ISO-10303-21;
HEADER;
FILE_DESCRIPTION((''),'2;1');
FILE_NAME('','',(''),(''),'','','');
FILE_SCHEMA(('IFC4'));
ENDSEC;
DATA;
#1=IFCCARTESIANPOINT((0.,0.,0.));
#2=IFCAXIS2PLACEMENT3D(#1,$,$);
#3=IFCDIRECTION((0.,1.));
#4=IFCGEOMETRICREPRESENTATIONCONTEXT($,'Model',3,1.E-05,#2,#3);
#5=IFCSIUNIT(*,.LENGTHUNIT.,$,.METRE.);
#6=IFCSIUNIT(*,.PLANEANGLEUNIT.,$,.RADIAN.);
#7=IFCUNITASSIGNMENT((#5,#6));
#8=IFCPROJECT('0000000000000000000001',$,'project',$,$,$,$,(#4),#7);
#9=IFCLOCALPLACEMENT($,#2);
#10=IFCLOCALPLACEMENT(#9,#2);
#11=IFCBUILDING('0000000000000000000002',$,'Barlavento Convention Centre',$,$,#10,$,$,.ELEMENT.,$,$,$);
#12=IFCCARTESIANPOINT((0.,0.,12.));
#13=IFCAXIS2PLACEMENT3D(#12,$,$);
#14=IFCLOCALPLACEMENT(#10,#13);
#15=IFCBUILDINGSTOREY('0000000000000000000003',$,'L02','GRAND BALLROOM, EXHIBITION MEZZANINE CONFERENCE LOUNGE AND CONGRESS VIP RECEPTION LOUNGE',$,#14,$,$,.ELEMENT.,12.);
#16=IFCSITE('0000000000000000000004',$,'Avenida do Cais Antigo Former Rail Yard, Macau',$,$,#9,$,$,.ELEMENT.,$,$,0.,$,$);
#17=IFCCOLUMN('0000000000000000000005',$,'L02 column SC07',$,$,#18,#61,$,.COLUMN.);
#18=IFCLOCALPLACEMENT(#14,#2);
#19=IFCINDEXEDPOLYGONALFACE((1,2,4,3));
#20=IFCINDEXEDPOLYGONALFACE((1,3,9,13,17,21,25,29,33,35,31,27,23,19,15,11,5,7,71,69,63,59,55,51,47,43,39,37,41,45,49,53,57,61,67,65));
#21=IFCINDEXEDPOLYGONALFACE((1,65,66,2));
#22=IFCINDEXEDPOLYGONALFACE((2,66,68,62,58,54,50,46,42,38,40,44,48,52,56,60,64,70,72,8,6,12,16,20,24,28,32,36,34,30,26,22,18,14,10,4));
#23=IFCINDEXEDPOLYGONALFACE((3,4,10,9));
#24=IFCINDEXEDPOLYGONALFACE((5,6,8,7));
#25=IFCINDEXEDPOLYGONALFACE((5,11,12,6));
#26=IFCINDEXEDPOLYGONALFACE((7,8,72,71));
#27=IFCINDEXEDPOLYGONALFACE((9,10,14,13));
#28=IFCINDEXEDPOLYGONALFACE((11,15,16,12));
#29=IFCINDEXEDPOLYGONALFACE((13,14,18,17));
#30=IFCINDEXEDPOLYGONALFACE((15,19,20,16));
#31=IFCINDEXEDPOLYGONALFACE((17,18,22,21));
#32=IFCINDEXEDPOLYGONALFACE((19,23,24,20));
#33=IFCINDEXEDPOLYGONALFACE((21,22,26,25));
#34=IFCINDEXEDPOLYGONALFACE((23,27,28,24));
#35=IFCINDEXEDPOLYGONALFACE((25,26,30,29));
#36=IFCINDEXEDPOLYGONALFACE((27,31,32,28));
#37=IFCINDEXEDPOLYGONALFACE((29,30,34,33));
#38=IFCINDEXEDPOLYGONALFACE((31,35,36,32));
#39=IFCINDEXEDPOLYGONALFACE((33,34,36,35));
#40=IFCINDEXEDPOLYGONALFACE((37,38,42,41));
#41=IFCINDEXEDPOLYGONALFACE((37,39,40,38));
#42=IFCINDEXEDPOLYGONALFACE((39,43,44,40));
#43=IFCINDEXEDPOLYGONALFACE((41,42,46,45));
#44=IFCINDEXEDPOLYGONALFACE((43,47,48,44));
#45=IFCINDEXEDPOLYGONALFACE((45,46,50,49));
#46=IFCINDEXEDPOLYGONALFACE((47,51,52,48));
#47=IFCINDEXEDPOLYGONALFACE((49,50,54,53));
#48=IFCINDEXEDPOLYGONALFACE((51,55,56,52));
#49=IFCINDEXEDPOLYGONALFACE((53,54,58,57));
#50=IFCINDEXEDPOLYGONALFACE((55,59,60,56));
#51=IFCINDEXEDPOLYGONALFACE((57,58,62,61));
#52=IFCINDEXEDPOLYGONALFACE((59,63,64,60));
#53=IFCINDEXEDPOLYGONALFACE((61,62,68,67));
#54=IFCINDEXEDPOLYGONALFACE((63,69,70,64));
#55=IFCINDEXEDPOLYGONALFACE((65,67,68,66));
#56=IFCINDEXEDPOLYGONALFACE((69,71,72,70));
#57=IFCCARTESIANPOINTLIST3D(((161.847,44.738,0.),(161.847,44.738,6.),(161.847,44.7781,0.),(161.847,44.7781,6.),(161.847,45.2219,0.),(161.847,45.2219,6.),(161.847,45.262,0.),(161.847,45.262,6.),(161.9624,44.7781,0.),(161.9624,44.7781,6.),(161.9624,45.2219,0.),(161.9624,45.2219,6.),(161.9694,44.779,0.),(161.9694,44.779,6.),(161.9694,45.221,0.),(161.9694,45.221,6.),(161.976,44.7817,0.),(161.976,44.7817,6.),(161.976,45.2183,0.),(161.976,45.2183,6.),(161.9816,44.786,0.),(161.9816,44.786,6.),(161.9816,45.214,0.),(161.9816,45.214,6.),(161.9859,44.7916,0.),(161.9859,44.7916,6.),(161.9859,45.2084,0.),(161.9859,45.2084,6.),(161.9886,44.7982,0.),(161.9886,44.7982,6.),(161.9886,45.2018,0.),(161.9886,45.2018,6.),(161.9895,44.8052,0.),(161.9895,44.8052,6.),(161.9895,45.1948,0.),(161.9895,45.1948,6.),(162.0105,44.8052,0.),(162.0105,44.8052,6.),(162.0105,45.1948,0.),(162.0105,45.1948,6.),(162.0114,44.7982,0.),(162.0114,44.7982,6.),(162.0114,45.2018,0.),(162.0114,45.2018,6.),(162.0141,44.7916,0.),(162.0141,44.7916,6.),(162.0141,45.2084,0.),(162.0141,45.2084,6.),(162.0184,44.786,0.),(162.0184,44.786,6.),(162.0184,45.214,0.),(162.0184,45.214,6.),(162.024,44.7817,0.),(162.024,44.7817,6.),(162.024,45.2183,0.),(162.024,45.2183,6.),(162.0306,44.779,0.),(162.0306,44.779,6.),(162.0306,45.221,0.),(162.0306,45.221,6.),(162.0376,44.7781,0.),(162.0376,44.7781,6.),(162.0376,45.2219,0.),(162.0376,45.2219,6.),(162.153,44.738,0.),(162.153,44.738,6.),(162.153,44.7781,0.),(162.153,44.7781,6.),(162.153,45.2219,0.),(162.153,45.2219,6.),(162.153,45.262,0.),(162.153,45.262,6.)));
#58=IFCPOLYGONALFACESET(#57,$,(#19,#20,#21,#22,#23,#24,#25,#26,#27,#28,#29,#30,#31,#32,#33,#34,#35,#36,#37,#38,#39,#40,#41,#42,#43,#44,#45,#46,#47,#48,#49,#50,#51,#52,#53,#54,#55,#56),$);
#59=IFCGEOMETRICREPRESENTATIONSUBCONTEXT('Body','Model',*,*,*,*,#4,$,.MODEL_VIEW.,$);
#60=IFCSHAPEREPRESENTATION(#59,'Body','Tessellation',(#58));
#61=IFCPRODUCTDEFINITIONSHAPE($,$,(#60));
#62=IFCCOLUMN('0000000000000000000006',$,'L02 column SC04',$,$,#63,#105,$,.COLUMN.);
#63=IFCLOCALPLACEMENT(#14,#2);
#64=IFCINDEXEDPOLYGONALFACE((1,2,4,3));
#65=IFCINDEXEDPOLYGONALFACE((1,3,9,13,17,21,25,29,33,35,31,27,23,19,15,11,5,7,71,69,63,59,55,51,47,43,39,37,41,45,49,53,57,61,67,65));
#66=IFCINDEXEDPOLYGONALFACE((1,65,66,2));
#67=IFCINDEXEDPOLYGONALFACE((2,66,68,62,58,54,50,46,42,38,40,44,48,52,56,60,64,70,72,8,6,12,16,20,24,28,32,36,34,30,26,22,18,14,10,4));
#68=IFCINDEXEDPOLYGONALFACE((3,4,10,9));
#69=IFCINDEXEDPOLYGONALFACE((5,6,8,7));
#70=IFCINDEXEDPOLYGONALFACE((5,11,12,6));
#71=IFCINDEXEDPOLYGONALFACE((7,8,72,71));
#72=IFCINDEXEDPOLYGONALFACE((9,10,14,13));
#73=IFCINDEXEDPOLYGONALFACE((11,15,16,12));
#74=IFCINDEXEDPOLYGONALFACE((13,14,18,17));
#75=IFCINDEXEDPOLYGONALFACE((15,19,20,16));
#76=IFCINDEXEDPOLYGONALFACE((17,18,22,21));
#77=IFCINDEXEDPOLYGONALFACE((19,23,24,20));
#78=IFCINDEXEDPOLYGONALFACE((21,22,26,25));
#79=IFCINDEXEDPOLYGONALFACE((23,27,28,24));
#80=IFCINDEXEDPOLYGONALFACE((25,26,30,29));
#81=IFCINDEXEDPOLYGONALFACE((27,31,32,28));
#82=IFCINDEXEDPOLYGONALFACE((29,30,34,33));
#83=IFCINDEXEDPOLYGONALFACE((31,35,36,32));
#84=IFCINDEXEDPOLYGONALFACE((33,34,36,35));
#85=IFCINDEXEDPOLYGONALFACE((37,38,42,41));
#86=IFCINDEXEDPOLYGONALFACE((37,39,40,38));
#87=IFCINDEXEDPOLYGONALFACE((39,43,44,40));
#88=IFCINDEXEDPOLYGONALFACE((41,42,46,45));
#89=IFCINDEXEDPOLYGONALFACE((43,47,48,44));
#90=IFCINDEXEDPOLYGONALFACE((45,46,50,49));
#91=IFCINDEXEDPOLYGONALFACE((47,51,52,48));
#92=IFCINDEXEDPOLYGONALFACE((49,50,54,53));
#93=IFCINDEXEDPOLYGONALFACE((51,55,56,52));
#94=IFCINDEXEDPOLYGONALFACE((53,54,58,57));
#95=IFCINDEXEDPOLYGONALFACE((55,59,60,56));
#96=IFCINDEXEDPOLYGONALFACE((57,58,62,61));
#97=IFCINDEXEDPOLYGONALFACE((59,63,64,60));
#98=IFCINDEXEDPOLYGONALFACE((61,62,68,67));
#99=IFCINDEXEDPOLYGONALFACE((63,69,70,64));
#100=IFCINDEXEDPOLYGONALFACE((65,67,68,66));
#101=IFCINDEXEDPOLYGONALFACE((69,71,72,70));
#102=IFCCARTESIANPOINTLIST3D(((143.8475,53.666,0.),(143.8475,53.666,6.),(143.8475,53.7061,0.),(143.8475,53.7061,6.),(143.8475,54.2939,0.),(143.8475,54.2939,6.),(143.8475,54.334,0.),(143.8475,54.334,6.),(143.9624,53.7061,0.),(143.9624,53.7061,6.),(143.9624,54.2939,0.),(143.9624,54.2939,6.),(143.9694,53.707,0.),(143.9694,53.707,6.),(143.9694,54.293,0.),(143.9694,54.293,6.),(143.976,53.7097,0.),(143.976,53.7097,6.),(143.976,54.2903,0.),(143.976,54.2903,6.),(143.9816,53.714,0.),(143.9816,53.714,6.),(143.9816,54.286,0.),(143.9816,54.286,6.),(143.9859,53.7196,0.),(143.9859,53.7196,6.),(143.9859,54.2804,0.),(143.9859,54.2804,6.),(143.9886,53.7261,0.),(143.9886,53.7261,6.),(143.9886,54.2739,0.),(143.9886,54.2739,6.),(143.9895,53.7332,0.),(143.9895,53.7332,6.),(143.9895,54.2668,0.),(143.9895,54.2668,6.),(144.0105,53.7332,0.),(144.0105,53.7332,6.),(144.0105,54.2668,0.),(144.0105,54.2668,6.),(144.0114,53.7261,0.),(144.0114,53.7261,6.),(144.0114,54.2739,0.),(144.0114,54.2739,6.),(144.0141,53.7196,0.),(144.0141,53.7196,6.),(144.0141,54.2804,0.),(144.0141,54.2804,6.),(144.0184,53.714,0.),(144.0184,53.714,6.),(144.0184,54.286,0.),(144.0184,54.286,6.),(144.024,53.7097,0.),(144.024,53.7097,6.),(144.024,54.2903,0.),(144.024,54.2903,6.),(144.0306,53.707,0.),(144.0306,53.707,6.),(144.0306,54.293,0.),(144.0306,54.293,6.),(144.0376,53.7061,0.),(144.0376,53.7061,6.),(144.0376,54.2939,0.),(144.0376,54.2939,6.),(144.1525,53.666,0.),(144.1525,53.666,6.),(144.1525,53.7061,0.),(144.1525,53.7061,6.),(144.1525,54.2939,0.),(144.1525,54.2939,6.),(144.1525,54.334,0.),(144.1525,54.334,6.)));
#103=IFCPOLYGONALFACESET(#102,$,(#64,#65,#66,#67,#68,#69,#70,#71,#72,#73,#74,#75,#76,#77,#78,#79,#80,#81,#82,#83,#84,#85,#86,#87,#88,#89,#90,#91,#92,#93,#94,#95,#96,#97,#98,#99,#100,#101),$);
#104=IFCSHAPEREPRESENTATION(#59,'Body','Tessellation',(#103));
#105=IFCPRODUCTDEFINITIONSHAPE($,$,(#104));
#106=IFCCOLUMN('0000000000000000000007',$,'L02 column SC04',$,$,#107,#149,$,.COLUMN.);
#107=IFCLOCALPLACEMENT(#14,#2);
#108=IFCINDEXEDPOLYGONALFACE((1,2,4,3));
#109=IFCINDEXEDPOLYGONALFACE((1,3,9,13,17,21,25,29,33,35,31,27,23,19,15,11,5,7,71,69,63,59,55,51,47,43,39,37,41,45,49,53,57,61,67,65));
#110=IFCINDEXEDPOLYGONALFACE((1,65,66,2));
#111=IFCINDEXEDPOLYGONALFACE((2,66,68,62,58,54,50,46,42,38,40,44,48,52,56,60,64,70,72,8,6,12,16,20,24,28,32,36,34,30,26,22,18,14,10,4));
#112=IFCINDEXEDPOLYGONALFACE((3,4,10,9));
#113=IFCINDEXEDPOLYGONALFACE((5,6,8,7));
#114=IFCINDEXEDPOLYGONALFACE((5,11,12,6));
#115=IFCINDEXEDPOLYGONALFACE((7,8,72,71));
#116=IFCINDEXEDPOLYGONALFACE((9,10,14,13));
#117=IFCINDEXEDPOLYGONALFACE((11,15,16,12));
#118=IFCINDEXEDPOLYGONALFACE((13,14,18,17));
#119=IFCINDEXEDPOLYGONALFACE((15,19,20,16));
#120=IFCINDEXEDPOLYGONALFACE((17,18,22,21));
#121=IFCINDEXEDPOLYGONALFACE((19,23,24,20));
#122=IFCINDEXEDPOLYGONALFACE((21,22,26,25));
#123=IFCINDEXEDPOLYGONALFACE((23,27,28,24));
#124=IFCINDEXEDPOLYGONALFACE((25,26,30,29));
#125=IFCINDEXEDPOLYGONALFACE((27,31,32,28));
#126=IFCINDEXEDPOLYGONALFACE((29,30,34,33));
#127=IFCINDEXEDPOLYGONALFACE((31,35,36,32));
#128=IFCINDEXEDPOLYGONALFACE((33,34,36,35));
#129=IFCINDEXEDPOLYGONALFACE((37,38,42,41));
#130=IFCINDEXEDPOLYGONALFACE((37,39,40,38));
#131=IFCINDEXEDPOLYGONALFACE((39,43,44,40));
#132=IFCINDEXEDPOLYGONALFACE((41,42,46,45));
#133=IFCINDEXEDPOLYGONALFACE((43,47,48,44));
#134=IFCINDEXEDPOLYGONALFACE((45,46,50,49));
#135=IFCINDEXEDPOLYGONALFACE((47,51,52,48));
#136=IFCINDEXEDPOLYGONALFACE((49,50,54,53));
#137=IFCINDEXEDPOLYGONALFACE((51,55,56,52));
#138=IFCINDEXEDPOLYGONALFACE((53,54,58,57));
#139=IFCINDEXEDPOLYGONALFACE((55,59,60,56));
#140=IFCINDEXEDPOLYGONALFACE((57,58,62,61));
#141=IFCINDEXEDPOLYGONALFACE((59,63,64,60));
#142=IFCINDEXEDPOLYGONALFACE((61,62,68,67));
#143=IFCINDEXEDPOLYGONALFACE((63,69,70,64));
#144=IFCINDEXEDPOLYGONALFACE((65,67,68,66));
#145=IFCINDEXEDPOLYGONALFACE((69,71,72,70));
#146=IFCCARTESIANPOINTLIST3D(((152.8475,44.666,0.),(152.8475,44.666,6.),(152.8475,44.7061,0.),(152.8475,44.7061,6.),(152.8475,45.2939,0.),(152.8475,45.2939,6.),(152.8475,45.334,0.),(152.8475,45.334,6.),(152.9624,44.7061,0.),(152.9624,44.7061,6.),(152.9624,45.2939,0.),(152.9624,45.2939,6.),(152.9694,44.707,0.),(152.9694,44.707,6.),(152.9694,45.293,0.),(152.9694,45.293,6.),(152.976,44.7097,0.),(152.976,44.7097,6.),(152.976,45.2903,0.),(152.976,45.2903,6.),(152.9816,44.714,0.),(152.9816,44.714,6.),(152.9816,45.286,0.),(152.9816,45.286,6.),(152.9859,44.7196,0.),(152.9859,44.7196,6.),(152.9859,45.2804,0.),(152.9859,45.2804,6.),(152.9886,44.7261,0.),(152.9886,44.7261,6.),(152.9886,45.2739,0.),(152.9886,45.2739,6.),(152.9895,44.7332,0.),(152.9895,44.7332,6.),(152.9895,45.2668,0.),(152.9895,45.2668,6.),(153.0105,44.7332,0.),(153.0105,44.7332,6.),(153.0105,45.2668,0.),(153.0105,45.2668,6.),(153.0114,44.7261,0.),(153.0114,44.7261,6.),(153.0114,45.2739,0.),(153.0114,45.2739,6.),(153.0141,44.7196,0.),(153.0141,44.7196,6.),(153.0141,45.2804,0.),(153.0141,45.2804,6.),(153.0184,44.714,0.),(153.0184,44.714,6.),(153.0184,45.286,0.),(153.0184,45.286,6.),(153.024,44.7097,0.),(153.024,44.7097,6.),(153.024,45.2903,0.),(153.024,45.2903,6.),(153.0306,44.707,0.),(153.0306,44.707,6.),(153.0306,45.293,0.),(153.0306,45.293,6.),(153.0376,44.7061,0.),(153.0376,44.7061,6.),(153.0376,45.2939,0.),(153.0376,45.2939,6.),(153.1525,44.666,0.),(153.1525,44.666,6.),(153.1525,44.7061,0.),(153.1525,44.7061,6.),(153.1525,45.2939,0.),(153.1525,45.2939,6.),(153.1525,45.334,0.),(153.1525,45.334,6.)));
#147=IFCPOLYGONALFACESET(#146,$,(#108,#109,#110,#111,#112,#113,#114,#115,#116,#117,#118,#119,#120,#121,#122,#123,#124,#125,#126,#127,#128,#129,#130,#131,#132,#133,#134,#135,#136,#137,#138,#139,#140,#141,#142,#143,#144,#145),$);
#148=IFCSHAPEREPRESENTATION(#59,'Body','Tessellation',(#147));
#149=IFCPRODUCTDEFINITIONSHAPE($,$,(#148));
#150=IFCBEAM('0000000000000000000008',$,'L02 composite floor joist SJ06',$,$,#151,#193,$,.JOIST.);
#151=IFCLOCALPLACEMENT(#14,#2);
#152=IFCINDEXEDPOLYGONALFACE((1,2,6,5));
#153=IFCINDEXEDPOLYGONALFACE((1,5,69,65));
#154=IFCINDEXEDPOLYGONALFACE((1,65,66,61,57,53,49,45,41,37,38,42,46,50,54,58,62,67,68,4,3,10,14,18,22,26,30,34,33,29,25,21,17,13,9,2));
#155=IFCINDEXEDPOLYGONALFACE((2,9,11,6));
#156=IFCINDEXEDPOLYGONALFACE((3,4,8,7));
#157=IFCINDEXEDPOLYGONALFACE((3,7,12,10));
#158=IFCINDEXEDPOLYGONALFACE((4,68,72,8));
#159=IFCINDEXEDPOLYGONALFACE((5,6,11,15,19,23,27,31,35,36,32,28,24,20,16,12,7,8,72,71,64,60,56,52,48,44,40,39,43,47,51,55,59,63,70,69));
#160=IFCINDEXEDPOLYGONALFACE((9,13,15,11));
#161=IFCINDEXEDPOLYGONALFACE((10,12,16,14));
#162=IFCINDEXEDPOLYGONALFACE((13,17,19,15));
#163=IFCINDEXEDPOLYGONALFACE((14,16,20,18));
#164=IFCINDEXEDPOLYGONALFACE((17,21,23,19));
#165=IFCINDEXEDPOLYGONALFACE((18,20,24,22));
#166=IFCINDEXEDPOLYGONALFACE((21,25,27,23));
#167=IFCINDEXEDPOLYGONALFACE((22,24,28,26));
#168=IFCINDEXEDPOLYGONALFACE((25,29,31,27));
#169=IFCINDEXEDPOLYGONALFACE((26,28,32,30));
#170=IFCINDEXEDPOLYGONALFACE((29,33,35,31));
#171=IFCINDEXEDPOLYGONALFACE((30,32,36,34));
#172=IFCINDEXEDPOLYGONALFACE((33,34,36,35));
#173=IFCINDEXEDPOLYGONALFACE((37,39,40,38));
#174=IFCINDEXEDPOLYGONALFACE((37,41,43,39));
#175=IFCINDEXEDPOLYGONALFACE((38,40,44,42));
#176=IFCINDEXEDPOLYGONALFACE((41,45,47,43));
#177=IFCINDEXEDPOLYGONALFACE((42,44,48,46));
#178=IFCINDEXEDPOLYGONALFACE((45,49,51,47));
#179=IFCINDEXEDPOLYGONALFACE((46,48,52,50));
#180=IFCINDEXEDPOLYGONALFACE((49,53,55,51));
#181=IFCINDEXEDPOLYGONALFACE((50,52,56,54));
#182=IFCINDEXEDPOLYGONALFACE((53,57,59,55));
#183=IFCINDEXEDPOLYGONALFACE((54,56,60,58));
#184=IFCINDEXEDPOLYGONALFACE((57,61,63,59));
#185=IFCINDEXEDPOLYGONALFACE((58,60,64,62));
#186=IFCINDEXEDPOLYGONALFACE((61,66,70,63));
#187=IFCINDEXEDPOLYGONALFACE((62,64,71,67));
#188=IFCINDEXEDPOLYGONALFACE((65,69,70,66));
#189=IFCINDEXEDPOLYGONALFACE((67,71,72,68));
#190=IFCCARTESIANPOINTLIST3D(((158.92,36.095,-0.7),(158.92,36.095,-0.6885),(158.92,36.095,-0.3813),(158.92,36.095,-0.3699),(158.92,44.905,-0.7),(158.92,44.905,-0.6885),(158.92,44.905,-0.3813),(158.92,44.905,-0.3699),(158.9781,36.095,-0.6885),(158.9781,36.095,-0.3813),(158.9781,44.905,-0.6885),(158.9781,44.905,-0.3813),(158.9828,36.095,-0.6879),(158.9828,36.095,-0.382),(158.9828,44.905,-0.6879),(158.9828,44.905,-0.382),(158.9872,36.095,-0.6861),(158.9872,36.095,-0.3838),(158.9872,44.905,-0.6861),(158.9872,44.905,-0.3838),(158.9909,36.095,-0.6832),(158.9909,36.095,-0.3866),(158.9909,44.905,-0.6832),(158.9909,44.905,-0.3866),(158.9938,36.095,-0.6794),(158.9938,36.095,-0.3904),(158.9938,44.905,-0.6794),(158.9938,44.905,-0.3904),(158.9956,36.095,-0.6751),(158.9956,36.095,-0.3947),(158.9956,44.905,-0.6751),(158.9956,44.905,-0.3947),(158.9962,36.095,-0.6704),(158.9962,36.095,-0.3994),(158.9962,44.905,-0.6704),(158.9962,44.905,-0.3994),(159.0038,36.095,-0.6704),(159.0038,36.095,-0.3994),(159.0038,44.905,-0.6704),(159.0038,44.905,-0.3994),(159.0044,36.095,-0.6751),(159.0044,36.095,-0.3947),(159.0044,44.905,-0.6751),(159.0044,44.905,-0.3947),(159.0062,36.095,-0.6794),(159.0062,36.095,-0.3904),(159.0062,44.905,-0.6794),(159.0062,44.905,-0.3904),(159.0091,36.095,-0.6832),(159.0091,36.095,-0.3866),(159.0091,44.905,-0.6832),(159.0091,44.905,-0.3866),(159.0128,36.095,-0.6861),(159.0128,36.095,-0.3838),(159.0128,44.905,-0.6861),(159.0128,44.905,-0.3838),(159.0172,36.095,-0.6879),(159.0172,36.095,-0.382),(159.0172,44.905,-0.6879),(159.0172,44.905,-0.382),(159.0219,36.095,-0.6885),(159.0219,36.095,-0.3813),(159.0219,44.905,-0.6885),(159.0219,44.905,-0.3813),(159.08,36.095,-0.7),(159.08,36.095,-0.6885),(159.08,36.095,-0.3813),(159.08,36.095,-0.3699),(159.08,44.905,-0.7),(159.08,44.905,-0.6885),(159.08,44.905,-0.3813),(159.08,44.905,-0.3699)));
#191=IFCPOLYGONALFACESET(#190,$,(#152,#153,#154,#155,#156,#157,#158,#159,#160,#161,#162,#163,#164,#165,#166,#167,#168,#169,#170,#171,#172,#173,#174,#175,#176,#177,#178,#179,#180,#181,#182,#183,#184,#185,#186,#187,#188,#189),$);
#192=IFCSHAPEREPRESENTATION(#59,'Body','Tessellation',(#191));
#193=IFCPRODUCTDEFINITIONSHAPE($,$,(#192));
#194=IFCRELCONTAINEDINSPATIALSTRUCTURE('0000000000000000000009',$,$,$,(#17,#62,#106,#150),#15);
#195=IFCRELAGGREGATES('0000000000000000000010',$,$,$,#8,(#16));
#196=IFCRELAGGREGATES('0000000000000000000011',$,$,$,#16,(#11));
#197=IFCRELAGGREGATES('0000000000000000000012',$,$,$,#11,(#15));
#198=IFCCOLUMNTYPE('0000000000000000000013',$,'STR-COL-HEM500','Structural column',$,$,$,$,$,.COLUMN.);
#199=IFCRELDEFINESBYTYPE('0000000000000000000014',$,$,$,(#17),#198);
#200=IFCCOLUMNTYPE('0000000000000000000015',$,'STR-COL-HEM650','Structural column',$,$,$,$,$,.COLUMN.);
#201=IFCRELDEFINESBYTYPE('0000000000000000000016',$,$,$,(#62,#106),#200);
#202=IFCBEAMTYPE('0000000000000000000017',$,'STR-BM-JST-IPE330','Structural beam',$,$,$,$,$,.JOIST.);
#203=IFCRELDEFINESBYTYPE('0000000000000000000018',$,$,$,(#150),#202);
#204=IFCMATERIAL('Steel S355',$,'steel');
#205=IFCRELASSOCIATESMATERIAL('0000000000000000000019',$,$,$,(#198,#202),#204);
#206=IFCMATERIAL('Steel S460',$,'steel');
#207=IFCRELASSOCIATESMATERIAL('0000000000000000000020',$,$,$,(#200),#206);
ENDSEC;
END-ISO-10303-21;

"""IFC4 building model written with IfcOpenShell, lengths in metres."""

from ifc_helpers import new_model, si_unit, direction, frame, origin, origin_2d, place, context, subcontext, project, spatial, i_section, extrude, material, material_profile, profile_set, type_object, element, save


model = new_model("IFC4")

# Units and contexts
model_context = context("Model", 3, precision=1e-05, world=origin(), true_north=direction((0.0, 1.0)))
body_context = subcontext(model_context, "Body", "Model", "MODEL_VIEW")
ifc_project = project(units=[si_unit("LENGTHUNIT", "METRE"), si_unit("PLANEANGLEUNIT", "RADIAN")], contexts=[model_context])

# Site, building, storey
site_placement = place(None, origin())
site = spatial("IfcSite", under=ifc_project, at=site_placement, Name="Avenida do Cais Antigo Former Rail Yard, Macau", CompositionType="ELEMENT", RefElevation=0.0)
building_placement = place(site_placement, origin())
building = spatial("IfcBuilding", under=site, at=building_placement, Name="Barlavento Convention Centre", CompositionType="ELEMENT")
storey_placement = place(building_placement, frame((0.0, 0.0, 12.0)))
storey = spatial("IfcBuildingStorey", under=building, at=storey_placement, Name="L02", Description="GRAND BALLROOM, EXHIBITION MEZZANINE CONFERENCE LOUNGE AND CONGRESS VIP RECEPTION LOUNGE", CompositionType="ELEMENT", Elevation=12.0)

# Columns
ifc_material_1 = material(Name="Steel S355", Category="steel")
ifc_material_profile_1 = material_profile(ifc_material_1, i_section(OverallWidth=0.3059, OverallDepth=0.5239, WebThickness=0.021, FlangeThickness=0.04, FilletRadius=0.0271, at=origin_2d()), Name="HEM 500")
ifc_profile_set_1 = profile_set([ifc_material_profile_1], Name="Steel S355")
column_type_1 = type_object("IfcColumnType", Name="STR-COL-HEM500", Description="Structural column", PredefinedType="COLUMN", material=ifc_profile_set_1)
column_placement = place(storey_placement, frame((162.0, 45.0, 0.0), z_axis=(0.0, 0.0, 1.0), x_axis=(1.0, 0.0, 0.0)))
element("IfcColumn", 1, at=column_placement, inside=storey, type_object=column_type_1, Name="L02 column SC07", PredefinedType="COLUMN", context=body_context, shape_type="SweptSolid", body=[
    extrude(i_section(OverallWidth=0.3059, OverallDepth=0.5239, WebThickness=0.021, FlangeThickness=0.04, FilletRadius=0.0271, at=origin_2d()), origin(), (0.0, 0.0, 1.0), 6.0),
])
ifc_material_2 = material(Name="Steel S460", Category="steel")
ifc_material_profile_2 = material_profile(ifc_material_2, i_section(OverallWidth=0.3049, OverallDepth=0.668, WebThickness=0.021, FlangeThickness=0.04, FilletRadius=0.0271, at=origin_2d()), Name="HEM 650")
ifc_profile_set_2 = profile_set([ifc_material_profile_2], Name="Steel S460")
column_type_2 = type_object("IfcColumnType", Name="STR-COL-HEM650", Description="Structural column", PredefinedType="COLUMN", material=ifc_profile_set_2)
for number, where, z_axis, x_axis, name in (
    (2, (144.0, 54.0, 0.0), (0.0, 0.0, 1.0), (1.0, 0.0, 0.0), "L02 column SC04"),
    (3, (153.0, 45.0, 0.0), (0.0, 0.0, 1.0), (1.0, 0.0, 0.0), "L02 column SC04"),
):
    element("IfcColumn", number, at=place(storey_placement, frame(where, z_axis=z_axis, x_axis=x_axis)), inside=storey, type_object=column_type_2, Name=name, PredefinedType="COLUMN", context=body_context, shape_type="SweptSolid", body=[
        extrude(i_section(OverallWidth=0.3049, OverallDepth=0.668, WebThickness=0.021, FlangeThickness=0.04, FilletRadius=0.0271, at=origin_2d()), origin(), (0.0, 0.0, 1.0), 6.0),
    ])

# Beam
ifc_material_profile_3 = material_profile(ifc_material_1, i_section(OverallWidth=0.1599, OverallDepth=0.3301, WebThickness=0.0076, FlangeThickness=0.0115, FilletRadius=0.0181, at=origin_2d()), Name="IPE 330")
ifc_profile_set_3 = profile_set([ifc_material_profile_3], Name="Steel S355")
beam_type_1 = type_object("IfcBeamType", Name="STR-BM-JST-IPE330", Description="Structural beam", PredefinedType="JOIST", material=ifc_profile_set_3)
for number, where, z_axis, x_axis, name in (
    (4, (159.0, 36.095, -0.5349), (0.0, 1.0, 0.0), (-1.0, 0.0, 0.0), "L02 composite floor joist SJ06"),
):
    element("IfcBeam", number, at=place(storey_placement, frame(where, z_axis=z_axis, x_axis=x_axis)), inside=storey, type_object=beam_type_1, Name=name, PredefinedType="JOIST", context=body_context, shape_type="SweptSolid", body=[
        extrude(i_section(OverallWidth=0.1599, OverallDepth=0.3301, WebThickness=0.0076, FlangeThickness=0.0115, FilletRadius=0.0181, at=origin_2d()), origin(), (0.0, 0.0, 1.0), 8.8101),
    ])

save(model, "model.ifc")
